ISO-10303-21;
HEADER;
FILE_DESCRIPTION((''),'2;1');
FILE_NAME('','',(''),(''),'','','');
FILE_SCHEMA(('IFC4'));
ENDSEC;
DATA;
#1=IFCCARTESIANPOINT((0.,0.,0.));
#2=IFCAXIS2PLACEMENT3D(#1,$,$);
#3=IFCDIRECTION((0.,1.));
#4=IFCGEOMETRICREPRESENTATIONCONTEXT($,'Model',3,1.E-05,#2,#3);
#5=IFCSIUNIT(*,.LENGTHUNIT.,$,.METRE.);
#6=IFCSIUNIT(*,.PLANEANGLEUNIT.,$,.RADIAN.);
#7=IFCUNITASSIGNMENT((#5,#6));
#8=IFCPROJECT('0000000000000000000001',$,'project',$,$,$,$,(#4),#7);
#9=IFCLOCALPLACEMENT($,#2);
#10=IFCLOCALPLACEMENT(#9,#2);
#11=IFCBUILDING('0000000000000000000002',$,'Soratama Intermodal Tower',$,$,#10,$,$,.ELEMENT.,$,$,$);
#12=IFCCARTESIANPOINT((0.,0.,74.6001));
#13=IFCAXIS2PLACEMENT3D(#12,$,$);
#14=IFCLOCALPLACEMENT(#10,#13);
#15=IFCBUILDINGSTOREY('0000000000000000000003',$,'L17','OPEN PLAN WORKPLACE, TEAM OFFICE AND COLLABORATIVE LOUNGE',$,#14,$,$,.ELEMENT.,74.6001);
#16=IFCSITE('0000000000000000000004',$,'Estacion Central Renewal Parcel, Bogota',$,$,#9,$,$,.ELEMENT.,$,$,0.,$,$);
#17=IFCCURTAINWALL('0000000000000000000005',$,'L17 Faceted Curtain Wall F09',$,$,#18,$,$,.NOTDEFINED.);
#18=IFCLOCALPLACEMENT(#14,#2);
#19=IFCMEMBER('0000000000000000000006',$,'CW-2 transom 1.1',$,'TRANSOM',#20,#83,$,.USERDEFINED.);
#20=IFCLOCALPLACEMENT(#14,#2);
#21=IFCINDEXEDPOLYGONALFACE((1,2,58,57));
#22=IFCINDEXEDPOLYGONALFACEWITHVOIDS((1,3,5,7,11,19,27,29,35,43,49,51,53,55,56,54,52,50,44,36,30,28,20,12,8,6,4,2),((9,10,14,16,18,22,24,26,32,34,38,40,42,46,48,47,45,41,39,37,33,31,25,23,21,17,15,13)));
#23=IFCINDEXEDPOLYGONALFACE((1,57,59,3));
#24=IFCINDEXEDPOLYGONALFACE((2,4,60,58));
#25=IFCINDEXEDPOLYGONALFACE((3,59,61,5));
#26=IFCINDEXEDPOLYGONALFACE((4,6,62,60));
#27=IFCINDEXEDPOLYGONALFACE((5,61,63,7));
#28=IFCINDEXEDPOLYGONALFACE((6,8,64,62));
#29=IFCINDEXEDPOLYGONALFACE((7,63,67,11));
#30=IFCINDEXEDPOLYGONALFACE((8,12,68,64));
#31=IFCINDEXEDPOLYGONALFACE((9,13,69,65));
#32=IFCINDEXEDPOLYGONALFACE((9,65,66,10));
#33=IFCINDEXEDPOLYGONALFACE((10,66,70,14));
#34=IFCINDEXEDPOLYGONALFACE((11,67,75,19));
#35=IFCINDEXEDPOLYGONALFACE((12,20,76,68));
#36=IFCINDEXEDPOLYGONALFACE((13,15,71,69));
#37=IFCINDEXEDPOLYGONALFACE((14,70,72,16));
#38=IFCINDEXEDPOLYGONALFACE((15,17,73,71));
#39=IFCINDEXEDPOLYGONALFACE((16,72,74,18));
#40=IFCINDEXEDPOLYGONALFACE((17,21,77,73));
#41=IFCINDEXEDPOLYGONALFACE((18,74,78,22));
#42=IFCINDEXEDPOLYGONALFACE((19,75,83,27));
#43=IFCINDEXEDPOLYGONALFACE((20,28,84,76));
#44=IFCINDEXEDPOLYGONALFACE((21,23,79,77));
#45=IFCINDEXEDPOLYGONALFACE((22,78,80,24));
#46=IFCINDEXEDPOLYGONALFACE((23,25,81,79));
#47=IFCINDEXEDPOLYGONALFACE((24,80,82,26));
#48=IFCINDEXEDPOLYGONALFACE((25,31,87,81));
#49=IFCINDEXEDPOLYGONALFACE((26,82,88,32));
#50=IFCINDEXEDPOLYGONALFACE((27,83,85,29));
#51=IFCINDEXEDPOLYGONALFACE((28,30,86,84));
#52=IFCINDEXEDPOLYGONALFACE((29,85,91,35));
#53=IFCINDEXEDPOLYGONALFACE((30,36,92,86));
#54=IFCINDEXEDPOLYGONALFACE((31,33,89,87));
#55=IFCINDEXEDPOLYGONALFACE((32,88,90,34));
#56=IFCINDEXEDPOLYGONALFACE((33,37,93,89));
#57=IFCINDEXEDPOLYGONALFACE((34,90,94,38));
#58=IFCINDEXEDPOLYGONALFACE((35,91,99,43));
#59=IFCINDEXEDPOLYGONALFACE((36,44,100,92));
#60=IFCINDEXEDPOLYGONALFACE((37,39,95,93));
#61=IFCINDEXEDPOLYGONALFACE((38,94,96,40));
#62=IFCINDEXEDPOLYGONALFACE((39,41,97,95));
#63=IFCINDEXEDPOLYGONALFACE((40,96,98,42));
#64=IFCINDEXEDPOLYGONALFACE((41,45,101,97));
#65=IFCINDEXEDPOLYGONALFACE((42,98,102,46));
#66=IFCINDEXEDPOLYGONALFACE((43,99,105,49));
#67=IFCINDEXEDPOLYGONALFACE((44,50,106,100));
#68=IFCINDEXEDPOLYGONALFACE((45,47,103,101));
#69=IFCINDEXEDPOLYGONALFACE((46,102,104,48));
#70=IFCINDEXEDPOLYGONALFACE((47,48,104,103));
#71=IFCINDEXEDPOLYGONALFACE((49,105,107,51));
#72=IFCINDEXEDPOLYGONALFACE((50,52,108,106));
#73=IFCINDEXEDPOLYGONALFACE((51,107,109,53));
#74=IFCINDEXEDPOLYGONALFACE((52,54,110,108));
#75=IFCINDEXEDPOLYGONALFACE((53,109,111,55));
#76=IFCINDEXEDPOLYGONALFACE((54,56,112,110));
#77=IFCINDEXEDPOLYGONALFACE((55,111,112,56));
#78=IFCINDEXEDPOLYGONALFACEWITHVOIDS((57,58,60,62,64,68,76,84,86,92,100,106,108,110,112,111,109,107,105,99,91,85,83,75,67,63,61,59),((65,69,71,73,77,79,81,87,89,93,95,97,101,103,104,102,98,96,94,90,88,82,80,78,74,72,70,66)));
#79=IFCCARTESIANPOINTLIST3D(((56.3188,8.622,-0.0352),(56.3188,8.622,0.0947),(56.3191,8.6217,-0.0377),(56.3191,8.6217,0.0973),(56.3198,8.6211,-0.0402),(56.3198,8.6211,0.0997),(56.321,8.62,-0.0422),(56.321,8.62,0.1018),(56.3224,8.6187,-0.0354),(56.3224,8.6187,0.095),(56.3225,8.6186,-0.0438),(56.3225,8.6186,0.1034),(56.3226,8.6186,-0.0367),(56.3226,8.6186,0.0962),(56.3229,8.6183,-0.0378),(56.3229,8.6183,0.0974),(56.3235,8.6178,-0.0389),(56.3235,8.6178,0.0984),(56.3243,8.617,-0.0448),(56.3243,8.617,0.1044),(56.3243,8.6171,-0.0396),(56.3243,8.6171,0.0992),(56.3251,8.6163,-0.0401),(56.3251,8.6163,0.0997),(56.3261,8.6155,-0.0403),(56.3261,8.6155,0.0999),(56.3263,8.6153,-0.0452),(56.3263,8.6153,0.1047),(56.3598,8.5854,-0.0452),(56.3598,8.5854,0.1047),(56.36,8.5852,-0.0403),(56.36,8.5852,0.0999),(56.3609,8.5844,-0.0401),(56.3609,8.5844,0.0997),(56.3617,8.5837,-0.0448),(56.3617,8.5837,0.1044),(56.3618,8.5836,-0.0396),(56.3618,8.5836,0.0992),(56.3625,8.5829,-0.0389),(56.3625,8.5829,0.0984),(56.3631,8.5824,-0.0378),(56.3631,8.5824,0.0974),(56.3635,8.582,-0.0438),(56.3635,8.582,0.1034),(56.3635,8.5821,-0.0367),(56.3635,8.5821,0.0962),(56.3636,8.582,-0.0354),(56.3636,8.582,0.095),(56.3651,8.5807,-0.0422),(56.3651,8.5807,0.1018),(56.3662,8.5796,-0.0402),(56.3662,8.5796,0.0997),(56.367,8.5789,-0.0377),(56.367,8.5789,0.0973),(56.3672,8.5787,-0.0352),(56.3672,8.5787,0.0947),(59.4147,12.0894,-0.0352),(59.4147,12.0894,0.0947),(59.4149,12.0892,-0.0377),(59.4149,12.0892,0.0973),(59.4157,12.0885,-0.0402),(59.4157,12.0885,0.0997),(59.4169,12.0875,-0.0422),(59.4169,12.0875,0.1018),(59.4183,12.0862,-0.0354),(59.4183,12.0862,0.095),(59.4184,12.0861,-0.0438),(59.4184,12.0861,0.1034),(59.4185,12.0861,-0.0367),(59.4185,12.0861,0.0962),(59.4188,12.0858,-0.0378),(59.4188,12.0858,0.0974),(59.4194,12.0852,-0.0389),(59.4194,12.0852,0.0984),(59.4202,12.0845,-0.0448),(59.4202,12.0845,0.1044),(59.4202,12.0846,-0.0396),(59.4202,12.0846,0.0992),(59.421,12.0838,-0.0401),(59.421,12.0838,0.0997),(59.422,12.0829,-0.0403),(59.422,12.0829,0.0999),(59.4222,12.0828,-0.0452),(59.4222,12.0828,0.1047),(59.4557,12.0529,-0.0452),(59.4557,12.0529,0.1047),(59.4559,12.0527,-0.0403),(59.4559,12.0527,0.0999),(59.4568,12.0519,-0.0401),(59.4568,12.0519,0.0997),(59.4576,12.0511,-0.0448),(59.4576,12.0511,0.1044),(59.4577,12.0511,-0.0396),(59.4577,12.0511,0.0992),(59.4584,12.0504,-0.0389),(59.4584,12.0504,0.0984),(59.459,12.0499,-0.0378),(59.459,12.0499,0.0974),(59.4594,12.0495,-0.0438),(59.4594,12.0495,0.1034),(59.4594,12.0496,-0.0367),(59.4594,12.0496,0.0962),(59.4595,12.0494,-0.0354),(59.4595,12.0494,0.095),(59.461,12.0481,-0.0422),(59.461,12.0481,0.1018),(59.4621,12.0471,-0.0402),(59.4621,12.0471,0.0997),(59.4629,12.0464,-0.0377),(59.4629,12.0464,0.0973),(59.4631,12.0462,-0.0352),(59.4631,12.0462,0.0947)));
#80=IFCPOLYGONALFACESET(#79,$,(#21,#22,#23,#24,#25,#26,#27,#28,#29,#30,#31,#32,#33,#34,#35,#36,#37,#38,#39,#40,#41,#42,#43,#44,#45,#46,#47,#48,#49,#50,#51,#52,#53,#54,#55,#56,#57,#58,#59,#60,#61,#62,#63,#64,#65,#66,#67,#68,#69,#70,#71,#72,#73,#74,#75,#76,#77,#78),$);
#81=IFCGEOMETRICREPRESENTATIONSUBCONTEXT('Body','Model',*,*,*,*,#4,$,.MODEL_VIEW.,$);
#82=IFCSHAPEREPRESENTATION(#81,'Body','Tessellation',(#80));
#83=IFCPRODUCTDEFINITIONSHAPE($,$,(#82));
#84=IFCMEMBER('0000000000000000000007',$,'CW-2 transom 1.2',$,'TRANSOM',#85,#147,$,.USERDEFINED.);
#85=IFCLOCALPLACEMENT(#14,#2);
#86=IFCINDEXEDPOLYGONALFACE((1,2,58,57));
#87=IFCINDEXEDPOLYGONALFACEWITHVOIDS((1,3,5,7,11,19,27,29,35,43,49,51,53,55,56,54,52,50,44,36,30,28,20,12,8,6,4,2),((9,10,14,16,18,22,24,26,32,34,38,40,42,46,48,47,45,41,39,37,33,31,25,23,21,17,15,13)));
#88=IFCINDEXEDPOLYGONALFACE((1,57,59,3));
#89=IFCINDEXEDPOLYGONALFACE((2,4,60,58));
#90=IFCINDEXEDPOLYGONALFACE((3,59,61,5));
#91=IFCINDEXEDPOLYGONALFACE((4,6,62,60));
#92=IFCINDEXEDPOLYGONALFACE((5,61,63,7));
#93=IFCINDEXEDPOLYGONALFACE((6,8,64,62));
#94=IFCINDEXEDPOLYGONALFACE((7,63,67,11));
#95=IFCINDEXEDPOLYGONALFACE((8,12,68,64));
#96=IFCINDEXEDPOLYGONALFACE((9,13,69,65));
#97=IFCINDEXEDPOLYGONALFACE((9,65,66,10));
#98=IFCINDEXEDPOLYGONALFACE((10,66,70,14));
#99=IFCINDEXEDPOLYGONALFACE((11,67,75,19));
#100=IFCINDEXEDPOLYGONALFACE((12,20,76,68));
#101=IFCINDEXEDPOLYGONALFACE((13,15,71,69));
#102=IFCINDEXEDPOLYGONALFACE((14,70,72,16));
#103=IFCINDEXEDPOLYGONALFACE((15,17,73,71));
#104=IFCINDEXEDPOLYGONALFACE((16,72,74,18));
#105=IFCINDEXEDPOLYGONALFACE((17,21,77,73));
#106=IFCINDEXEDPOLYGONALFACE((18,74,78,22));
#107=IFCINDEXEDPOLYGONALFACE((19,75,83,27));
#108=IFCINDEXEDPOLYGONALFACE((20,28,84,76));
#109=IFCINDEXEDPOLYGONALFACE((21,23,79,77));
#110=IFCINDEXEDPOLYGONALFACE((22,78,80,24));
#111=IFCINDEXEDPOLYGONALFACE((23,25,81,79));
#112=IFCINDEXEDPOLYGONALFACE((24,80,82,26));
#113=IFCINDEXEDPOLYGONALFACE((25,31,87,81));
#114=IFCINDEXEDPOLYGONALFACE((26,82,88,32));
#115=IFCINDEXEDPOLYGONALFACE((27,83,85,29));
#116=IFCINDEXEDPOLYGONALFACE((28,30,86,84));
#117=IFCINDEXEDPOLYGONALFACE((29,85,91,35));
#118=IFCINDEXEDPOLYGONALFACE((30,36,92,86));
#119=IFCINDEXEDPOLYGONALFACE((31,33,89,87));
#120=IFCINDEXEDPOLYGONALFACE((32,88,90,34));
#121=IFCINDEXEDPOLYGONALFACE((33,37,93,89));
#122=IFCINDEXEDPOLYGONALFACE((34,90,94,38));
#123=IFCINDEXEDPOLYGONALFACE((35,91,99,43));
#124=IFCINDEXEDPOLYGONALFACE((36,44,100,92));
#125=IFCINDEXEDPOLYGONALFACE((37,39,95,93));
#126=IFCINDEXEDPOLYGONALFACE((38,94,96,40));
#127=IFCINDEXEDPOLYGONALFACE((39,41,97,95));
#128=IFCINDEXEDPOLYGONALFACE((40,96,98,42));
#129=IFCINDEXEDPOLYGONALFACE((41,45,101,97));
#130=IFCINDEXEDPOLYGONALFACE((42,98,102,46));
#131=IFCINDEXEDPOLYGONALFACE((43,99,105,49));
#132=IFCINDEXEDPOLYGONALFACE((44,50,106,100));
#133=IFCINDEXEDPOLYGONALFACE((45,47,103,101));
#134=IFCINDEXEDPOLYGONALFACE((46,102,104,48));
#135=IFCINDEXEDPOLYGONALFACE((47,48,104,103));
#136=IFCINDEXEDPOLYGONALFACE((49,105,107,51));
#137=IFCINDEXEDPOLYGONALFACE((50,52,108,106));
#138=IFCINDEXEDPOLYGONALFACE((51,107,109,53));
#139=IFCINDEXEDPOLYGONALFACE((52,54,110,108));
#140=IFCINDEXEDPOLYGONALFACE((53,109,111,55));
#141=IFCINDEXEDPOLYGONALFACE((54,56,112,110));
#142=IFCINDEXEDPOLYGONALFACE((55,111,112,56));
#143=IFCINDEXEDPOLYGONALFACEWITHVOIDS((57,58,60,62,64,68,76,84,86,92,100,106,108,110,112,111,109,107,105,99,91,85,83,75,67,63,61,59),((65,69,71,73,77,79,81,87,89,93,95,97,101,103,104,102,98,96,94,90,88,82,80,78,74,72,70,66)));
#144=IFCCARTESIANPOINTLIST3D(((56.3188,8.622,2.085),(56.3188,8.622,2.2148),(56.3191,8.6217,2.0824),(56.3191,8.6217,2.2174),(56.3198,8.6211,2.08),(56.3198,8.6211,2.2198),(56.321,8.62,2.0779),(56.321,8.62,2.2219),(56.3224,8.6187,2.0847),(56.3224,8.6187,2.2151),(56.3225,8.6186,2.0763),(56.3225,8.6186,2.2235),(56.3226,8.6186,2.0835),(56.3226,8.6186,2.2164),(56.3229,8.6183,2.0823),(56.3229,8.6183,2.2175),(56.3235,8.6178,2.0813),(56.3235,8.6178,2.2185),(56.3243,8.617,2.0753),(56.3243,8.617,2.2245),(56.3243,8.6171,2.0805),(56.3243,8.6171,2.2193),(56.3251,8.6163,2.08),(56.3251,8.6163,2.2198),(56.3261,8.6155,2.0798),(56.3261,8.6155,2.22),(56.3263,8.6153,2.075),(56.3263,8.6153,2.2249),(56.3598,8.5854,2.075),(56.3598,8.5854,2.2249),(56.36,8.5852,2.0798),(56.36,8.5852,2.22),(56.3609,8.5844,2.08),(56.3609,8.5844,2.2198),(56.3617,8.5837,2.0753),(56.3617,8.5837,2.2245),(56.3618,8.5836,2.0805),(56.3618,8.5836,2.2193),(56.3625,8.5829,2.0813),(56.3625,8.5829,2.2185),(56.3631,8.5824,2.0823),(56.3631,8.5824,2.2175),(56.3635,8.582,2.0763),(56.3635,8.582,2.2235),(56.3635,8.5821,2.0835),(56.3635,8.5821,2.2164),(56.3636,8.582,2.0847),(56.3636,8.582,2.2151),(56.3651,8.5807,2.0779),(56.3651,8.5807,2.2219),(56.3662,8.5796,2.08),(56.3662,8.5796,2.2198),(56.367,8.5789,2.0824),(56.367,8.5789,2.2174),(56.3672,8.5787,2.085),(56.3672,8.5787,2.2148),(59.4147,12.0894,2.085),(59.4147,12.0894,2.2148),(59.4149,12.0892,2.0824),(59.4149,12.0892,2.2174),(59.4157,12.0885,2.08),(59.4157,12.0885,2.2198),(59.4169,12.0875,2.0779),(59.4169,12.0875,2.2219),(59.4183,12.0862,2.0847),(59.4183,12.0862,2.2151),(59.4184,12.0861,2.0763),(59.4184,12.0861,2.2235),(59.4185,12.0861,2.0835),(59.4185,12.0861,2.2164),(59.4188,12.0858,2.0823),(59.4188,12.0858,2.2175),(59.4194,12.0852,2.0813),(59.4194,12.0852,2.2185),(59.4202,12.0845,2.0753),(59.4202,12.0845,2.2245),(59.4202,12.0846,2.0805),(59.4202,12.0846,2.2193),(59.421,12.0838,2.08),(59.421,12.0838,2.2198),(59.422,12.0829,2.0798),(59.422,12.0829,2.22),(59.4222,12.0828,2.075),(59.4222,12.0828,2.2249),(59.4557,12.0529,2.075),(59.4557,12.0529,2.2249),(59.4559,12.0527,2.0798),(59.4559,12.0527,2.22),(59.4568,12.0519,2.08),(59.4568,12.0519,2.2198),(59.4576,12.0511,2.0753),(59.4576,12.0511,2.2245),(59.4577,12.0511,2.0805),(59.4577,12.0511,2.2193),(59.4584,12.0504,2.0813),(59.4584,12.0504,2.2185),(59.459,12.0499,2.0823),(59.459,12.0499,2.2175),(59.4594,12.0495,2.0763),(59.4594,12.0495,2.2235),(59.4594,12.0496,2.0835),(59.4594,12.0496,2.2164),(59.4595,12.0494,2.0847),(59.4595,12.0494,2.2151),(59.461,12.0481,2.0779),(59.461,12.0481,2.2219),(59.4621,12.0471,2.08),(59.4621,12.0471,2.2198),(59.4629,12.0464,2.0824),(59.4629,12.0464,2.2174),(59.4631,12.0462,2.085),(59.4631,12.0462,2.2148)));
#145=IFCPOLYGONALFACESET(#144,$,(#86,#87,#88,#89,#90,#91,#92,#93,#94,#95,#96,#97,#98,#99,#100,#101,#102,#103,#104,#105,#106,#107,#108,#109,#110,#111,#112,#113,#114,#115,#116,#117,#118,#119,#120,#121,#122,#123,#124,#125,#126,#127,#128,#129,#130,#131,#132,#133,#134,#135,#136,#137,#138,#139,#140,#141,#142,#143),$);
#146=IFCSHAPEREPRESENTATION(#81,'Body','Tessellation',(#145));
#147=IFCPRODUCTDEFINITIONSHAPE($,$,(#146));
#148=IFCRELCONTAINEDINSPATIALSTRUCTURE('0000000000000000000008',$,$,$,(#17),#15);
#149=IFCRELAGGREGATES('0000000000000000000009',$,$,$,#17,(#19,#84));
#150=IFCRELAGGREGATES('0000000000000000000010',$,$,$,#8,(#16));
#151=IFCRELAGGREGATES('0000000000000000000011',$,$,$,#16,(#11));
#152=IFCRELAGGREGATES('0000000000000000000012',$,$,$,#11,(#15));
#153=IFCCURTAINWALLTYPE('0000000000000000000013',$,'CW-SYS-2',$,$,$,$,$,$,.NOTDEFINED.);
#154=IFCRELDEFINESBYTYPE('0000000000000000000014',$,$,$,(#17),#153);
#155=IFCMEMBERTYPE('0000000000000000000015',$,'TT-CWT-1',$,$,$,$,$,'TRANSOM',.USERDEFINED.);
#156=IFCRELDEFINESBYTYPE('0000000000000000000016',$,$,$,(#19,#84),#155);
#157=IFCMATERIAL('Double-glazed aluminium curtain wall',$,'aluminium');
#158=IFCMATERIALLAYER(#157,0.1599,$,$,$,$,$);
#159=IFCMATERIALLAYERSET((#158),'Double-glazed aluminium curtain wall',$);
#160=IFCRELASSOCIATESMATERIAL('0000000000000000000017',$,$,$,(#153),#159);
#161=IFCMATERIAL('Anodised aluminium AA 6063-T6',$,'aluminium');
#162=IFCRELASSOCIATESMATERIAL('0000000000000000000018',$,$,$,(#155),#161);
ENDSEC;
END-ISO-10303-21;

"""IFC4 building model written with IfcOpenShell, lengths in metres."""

from ifc_helpers import new_model, si_unit, direction, frame, origin, origin_2d, place, context, subcontext, project, spatial, hollow_rectangle, extrude, material, layer, layer_set, material_profile, profile_set, type_object, element, aggregate, save


model = new_model("IFC4")

# Units and contexts
model_context = context("Model", 3, precision=1e-05, world=origin(), true_north=direction((0.0, 1.0)))
body_context = subcontext(model_context, "Body", "Model", "MODEL_VIEW")
ifc_project = project(units=[si_unit("LENGTHUNIT", "METRE"), si_unit("PLANEANGLEUNIT", "RADIAN")], contexts=[model_context])

# Site, building, storey
site_placement = place(None, origin())
site = spatial("IfcSite", under=ifc_project, at=site_placement, Name="Estacion Central Renewal Parcel, Bogota", CompositionType="ELEMENT", RefElevation=0.0)
building_placement = place(site_placement, origin())
building = spatial("IfcBuilding", under=site, at=building_placement, Name="Soratama Intermodal Tower", CompositionType="ELEMENT")
storey_placement = place(building_placement, frame((0.0, 0.0, 74.6001)))
storey = spatial("IfcBuildingStorey", under=building, at=storey_placement, Name="L17", Description="OPEN PLAN WORKPLACE, TEAM OFFICE AND COLLABORATIVE LOUNGE", CompositionType="ELEMENT", Elevation=74.6001)

# Curtain wall, members
ifc_material_1 = material(Name="Double-glazed aluminium curtain wall", Category="aluminium")
ifc_layer_1 = layer(ifc_material_1, 0.1599)
ifc_layer_set_1 = layer_set([ifc_layer_1], Name="Double-glazed aluminium curtain wall")
curtain_wall_type = type_object("IfcCurtainWallType", Name="CW-SYS-2", PredefinedType="NOTDEFINED", material=ifc_layer_set_1)
curtain_wall_placement = place(storey_placement, origin())
curtain_wall = element("IfcCurtainWall", 1, at=curtain_wall_placement, inside=storey, type_object=curtain_wall_type, Name="L17 Faceted Curtain Wall F09", PredefinedType="NOTDEFINED")
ifc_material_2 = material(Name="Anodised aluminium AA 6063-T6", Category="aluminium")
ifc_material_profile_1 = material_profile(ifc_material_2, hollow_rectangle(XDim=0.0649, YDim=0.1499, WallThickness=0.0049, InnerFilletRadius=0.0049, OuterFilletRadius=0.01, at=origin_2d()), Name="CWT150X65X5")
ifc_profile_set_1 = profile_set([ifc_material_profile_1], Name="Anodised aluminium AA 6063-T6")
member_type_1 = type_object("IfcMemberType", Name="TT-CWT-1", ElementType="TRANSOM", PredefinedType="USERDEFINED", material=ifc_profile_set_1)
member_1_placement = place(storey_placement, frame((56.343, 8.6003, 0.0298), z_axis=(0.666008, 0.745944, 0.0), x_axis=(-0.745944, 0.666008, 0.0)))
member_1 = element("IfcMember", 2, at=member_1_placement, type_object=member_type_1, Name="CW-2 transom 1.1", ObjectType="TRANSOM", PredefinedType="USERDEFINED", context=body_context, shape_type="SweptSolid", body=[
    extrude(hollow_rectangle(XDim=0.0649, YDim=0.1499, WallThickness=0.0049, InnerFilletRadius=0.0049, OuterFilletRadius=0.01, at=origin_2d()), origin(), (0.0, 0.0, 1.0), 4.6484),
])
member_2_placement = place(storey_placement, frame((56.343, 8.6003, 2.1499), z_axis=(0.666008, 0.745944, 0.0), x_axis=(-0.745944, 0.666008, 0.0)))
member_2 = element("IfcMember", 3, at=member_2_placement, type_object=member_type_1, Name="CW-2 transom 1.2", ObjectType="TRANSOM", PredefinedType="USERDEFINED", context=body_context, shape_type="SweptSolid", body=[
    extrude(hollow_rectangle(XDim=0.0649, YDim=0.1499, WallThickness=0.0049, InnerFilletRadius=0.0049, OuterFilletRadius=0.01, at=origin_2d()), origin(), (0.0, 0.0, 1.0), 4.6484),
])
aggregate(curtain_wall, [member_1, member_2])

save(model, "model.ifc")
